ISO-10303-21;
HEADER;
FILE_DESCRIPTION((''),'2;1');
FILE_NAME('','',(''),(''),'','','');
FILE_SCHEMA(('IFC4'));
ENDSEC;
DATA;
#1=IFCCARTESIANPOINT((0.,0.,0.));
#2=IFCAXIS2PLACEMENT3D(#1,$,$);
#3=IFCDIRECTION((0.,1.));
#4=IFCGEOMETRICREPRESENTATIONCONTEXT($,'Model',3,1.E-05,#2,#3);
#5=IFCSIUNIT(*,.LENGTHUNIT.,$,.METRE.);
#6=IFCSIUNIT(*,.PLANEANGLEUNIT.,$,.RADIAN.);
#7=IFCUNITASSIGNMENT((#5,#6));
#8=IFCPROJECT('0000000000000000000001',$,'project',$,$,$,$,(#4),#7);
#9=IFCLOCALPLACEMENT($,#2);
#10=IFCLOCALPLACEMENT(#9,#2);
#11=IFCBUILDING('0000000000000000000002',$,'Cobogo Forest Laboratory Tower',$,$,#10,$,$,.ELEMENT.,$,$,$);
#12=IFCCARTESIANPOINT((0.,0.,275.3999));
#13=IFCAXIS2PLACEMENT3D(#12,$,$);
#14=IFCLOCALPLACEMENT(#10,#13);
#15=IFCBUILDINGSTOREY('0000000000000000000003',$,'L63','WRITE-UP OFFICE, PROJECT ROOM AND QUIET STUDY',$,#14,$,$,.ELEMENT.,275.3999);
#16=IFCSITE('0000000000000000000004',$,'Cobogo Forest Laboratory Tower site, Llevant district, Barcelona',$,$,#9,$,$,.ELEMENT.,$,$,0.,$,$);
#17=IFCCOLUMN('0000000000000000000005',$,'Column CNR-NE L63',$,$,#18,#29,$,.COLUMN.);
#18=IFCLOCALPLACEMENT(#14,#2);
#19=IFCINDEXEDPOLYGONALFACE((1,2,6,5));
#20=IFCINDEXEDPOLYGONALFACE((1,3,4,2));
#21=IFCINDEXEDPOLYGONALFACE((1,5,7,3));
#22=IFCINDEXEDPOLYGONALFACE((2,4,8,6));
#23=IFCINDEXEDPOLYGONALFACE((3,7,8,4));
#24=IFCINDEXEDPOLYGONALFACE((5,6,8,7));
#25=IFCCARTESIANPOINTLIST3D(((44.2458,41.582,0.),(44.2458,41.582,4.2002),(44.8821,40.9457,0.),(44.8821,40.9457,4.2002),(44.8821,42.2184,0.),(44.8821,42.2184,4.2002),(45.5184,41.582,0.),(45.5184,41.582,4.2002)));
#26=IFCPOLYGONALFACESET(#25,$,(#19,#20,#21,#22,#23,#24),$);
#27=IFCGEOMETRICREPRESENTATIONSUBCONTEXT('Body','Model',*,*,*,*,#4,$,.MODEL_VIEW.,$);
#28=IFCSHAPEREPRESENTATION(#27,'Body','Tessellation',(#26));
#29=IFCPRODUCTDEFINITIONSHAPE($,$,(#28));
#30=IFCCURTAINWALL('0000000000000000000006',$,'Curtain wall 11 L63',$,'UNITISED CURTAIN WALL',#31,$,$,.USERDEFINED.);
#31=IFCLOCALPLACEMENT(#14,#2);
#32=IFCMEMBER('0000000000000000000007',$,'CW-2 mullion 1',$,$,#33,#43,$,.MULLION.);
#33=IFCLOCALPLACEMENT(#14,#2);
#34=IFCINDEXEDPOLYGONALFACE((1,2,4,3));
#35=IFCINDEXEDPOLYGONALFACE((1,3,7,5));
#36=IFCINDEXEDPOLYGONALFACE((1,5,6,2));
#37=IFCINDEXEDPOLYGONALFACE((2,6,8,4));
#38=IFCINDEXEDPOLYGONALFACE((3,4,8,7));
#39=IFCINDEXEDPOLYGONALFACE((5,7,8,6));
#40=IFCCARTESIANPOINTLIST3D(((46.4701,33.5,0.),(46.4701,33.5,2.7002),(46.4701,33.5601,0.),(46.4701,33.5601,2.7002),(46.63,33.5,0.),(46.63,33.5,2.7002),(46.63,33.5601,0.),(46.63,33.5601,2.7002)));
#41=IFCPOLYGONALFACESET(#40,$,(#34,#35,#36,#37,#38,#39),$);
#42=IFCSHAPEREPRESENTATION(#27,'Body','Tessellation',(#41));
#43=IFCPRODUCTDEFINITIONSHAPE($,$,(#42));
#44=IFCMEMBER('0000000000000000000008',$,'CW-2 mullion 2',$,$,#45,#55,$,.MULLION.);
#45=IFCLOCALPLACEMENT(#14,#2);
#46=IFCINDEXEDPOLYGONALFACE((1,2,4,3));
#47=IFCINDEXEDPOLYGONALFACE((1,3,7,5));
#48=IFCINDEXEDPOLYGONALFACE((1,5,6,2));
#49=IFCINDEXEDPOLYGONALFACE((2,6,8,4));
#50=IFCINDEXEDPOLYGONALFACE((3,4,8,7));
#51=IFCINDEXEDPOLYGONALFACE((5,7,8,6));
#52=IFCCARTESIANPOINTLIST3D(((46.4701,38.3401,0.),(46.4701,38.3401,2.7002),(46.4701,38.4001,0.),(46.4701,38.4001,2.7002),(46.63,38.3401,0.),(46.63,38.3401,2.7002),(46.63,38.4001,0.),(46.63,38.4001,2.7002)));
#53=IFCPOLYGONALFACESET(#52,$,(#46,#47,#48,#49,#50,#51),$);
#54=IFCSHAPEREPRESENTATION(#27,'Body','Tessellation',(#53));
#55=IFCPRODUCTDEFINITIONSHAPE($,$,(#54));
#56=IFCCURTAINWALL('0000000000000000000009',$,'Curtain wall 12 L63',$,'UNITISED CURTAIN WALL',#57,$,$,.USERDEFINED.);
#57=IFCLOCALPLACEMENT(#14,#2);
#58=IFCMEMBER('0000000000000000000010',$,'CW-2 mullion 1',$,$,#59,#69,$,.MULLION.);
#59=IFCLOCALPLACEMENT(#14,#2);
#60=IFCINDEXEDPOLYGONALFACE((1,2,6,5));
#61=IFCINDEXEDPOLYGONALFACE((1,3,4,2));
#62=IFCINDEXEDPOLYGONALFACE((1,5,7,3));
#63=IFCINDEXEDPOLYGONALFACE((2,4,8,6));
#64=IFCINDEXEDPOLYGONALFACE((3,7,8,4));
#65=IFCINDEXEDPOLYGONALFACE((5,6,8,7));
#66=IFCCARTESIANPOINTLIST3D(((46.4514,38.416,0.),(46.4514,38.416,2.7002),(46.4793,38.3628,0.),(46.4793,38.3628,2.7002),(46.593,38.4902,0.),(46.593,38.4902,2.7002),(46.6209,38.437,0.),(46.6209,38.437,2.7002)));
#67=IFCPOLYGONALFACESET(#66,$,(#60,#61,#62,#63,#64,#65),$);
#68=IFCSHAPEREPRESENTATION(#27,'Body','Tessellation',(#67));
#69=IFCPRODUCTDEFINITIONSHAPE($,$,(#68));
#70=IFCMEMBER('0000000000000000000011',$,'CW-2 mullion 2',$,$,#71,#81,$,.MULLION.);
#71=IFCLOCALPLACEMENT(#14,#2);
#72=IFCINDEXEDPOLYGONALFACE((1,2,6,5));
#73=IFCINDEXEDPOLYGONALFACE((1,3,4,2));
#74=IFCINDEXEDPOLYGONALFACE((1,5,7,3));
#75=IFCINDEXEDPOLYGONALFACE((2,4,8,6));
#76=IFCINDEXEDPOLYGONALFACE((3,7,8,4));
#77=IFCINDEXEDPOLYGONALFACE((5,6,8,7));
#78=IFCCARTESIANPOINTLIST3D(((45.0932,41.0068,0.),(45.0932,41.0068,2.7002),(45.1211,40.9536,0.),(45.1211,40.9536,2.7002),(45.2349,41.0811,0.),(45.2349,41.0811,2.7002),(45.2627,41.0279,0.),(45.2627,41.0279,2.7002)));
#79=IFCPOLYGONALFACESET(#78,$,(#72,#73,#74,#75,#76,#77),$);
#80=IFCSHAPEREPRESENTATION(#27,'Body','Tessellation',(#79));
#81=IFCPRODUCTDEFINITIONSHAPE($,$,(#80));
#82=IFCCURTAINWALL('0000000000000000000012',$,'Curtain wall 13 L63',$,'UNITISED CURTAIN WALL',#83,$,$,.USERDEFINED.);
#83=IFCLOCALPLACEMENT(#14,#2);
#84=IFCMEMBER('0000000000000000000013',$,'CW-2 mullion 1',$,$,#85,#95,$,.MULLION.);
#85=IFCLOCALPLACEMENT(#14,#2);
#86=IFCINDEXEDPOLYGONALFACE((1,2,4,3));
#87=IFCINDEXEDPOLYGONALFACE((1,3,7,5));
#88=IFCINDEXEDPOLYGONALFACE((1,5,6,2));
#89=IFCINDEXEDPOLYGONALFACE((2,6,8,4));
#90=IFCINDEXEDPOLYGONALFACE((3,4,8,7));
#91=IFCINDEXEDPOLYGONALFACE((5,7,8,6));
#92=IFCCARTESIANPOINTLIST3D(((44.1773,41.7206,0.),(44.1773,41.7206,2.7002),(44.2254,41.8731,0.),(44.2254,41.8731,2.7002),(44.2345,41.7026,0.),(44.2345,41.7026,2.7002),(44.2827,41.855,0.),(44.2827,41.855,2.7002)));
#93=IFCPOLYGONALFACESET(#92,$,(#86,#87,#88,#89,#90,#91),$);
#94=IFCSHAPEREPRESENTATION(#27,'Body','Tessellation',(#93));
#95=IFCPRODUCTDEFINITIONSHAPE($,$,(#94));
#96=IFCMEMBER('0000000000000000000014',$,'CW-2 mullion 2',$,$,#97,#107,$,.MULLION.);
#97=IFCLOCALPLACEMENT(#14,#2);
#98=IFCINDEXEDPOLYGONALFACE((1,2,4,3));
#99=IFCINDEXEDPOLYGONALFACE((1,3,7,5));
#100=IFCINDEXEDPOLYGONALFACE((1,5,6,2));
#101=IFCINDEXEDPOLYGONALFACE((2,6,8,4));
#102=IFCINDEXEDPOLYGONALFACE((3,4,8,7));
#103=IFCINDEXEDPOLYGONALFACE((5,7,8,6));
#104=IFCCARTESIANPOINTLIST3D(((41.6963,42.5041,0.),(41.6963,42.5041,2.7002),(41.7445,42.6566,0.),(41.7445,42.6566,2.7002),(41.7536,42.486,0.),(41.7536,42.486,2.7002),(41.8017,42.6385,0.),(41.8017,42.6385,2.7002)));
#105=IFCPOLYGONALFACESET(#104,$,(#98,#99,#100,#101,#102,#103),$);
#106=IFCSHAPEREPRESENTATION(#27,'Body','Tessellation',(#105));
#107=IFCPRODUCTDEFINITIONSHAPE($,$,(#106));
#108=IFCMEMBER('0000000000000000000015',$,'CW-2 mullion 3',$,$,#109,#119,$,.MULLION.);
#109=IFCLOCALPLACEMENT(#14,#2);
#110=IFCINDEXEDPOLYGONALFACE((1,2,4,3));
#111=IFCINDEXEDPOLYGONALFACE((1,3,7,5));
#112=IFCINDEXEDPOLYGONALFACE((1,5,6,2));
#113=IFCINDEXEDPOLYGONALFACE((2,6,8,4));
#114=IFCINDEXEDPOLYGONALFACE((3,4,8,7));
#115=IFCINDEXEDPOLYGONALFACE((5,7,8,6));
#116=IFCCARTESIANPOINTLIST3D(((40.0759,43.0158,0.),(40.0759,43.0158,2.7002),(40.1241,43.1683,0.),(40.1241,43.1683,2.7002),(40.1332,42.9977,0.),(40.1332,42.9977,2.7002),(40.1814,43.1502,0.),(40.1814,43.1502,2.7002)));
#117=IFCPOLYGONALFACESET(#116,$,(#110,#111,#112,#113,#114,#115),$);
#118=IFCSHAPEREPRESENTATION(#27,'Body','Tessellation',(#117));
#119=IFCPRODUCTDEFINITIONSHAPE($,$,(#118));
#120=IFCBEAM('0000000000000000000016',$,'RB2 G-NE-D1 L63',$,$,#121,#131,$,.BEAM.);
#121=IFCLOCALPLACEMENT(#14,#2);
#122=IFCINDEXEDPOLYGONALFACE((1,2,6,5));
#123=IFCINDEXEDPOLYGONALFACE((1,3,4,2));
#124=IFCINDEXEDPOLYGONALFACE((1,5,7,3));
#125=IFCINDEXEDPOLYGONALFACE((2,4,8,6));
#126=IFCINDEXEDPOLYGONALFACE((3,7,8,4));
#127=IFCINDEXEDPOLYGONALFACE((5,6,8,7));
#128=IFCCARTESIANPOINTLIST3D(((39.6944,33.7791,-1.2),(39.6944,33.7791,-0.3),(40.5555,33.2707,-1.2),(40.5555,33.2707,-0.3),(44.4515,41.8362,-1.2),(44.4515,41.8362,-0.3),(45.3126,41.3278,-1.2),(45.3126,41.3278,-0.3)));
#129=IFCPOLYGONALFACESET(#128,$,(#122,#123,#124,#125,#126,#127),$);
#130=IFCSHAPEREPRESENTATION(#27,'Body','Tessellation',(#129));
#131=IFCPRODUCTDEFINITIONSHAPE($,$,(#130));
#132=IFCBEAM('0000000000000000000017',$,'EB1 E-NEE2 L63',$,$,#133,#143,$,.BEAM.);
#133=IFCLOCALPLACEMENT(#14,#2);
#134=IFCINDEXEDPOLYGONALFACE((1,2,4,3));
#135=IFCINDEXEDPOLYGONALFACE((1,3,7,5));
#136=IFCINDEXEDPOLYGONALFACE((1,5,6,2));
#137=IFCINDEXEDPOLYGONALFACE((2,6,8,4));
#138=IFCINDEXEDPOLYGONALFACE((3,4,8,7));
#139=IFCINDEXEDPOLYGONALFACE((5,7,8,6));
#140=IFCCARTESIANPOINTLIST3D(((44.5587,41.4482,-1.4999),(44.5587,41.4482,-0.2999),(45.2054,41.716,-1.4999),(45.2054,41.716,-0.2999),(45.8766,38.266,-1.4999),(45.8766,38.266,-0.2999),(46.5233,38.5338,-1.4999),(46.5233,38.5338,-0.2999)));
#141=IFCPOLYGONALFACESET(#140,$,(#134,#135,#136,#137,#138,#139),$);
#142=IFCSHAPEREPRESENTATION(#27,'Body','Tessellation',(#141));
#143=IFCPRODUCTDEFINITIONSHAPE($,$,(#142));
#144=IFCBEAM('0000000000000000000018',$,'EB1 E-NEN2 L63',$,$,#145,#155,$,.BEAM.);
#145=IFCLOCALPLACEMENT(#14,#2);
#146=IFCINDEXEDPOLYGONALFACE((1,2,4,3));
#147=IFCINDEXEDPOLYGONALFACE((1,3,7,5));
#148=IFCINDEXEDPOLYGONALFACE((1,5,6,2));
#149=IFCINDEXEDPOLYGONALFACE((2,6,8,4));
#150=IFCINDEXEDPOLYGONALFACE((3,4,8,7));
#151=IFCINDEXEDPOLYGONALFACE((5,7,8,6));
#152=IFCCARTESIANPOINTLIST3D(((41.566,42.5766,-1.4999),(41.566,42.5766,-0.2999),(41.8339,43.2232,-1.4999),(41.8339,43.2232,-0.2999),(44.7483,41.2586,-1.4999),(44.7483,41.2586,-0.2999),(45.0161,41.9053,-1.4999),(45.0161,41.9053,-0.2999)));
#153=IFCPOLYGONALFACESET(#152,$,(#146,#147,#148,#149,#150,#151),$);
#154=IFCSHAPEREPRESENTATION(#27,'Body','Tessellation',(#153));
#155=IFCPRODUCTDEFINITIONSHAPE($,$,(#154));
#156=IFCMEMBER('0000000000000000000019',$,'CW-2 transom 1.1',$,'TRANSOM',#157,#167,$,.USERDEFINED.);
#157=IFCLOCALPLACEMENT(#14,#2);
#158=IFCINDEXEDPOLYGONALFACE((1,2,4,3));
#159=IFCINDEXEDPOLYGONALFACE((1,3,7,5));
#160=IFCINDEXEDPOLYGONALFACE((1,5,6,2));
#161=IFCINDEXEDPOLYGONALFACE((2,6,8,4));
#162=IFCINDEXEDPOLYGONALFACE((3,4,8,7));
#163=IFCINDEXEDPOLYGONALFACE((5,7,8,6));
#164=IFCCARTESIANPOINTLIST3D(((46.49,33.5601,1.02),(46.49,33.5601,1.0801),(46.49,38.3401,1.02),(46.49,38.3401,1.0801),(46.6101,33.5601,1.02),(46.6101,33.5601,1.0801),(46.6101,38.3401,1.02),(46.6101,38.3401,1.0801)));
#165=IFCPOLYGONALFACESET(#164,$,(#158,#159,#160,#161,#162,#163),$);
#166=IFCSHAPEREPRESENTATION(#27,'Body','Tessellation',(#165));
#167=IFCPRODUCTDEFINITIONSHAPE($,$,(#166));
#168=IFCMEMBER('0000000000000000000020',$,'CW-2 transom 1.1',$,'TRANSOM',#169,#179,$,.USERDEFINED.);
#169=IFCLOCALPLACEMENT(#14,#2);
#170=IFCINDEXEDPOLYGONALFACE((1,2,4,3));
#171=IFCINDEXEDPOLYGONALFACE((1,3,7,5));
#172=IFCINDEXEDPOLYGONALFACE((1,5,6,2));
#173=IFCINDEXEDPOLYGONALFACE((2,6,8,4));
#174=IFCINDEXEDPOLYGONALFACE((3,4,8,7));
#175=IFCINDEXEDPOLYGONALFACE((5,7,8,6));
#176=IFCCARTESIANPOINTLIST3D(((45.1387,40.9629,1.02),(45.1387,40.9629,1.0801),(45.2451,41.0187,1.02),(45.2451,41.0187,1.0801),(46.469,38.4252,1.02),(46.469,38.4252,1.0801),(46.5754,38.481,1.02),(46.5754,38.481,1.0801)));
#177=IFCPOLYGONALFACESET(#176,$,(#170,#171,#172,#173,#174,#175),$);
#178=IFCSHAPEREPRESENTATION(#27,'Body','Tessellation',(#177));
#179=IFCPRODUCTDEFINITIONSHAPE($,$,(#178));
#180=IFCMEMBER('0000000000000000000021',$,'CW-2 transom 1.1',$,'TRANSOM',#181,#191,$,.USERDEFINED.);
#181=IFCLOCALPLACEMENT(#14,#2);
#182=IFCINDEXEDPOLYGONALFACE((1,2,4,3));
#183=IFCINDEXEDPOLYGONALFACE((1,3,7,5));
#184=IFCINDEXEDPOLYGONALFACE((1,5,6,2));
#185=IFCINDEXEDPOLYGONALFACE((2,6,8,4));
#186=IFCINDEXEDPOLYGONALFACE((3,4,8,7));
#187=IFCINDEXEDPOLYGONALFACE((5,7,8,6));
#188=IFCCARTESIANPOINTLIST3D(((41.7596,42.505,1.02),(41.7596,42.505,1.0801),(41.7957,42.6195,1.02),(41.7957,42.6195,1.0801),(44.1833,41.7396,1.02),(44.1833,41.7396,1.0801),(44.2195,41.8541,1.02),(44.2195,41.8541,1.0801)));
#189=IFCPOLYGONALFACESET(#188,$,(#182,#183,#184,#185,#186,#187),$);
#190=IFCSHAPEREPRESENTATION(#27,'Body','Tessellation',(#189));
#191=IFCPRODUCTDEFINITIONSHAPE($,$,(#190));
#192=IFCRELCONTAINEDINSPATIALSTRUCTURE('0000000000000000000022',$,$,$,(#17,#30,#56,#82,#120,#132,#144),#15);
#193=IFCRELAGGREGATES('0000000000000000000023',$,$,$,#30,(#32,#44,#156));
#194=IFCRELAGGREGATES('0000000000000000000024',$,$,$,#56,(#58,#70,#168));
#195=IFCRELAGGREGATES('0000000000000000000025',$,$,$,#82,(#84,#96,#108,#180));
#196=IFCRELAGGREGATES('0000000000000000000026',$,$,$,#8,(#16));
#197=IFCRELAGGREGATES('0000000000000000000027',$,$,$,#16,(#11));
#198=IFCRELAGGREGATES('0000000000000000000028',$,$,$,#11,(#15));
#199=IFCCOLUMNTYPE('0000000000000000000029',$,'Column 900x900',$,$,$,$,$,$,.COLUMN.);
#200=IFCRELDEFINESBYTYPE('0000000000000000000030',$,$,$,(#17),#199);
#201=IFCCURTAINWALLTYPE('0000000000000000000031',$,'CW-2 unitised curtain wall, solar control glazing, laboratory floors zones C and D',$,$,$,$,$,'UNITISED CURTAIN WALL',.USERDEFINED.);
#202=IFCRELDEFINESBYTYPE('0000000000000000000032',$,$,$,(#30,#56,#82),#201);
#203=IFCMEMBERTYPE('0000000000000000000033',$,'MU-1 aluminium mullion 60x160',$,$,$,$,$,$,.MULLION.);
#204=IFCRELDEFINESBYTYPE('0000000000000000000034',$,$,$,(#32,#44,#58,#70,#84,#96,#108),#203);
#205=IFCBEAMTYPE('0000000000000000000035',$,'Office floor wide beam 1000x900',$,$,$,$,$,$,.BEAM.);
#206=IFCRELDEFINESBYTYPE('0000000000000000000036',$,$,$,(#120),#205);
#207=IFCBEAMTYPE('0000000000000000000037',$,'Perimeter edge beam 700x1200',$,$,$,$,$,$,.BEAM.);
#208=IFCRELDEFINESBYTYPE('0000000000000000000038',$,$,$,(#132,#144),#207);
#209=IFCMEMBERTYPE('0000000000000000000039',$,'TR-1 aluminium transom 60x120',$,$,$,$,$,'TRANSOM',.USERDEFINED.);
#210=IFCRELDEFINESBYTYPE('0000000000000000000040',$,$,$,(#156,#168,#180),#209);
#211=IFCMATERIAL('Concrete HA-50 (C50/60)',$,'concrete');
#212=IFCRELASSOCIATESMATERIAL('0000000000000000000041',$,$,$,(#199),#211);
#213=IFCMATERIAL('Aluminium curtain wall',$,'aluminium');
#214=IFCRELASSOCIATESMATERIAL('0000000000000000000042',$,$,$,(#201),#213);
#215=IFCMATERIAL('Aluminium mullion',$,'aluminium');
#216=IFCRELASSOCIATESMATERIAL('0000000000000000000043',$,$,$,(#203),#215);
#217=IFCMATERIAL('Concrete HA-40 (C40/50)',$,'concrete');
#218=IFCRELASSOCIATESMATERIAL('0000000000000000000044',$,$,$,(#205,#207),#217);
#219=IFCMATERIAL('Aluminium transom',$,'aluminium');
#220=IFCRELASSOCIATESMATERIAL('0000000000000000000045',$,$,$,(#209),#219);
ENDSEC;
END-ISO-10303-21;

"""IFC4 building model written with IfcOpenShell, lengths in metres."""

from ifc_helpers import new_model, si_unit, direction, frame, origin, origin_2d, place, context, subcontext, project, spatial, rectangle, extrude, material, material_profile, profile_set, type_object, element, aggregate, save


model = new_model("IFC4")

# Units and contexts
model_context = context("Model", 3, precision=1e-05, world=origin(), true_north=direction((0.0, 1.0)))
body_context = subcontext(model_context, "Body", "Model", "MODEL_VIEW")
ifc_project = project(units=[si_unit("LENGTHUNIT", "METRE"), si_unit("PLANEANGLEUNIT", "RADIAN")], contexts=[model_context])

# Site, building, storey
site_placement = place(None, origin())
site = spatial("IfcSite", under=ifc_project, at=site_placement, Name="Cobogo Forest Laboratory Tower site, Llevant district, Barcelona", CompositionType="ELEMENT", RefElevation=0.0)
building_placement = place(site_placement, origin())
building = spatial("IfcBuilding", under=site, at=building_placement, Name="Cobogo Forest Laboratory Tower", CompositionType="ELEMENT")
storey_placement = place(building_placement, frame((0.0, 0.0, 275.3999)))
storey = spatial("IfcBuildingStorey", under=building, at=storey_placement, Name="L63", Description="WRITE-UP OFFICE, PROJECT ROOM AND QUIET STUDY", CompositionType="ELEMENT", Elevation=275.3999)

# Column
ifc_material_1 = material(Name="Concrete HA-50 (C50/60)", Category="concrete")
ifc_material_profile_1 = material_profile(ifc_material_1, rectangle(XDim=0.8999, YDim=0.8999, at=origin_2d()), Name="RC 900x900")
ifc_profile_set_1 = profile_set([ifc_material_profile_1], Name="Concrete HA-50 (C50/60)")
column_type = type_object("IfcColumnType", Name="Column 900x900", PredefinedType="COLUMN", material=ifc_profile_set_1)
column_placement = place(storey_placement, frame((44.8821, 41.582, 0.0), z_axis=(0.0, 0.0, 1.0), x_axis=(0.707107, 0.707107, 0.0)))
element("IfcColumn", 1, at=column_placement, inside=storey, type_object=column_type, Name="Column CNR-NE L63", PredefinedType="COLUMN", context=body_context, shape_type="SweptSolid", body=[
    extrude(rectangle(XDim=0.8999, YDim=0.8999, at=origin_2d()), origin(), (0.0, 0.0, 1.0), 4.2002),
])

# Curtain walls, members
ifc_material_2 = material(Name="Aluminium curtain wall", Category="aluminium")
curtain_wall_type = type_object("IfcCurtainWallType", Name="CW-2 unitised curtain wall, solar control glazing, laboratory floors zones C and D", ElementType="UNITISED CURTAIN WALL", PredefinedType="USERDEFINED", material=ifc_material_2)
curtain_wall_1_placement = place(storey_placement, origin())
curtain_wall_1 = element("IfcCurtainWall", 2, at=curtain_wall_1_placement, inside=storey, type_object=curtain_wall_type, Name="Curtain wall 11 L63", ObjectType="UNITISED CURTAIN WALL", PredefinedType="USERDEFINED")
ifc_material_3 = material(Name="Aluminium mullion", Category="aluminium")
ifc_material_profile_2 = material_profile(ifc_material_3, rectangle(XDim=0.0601, YDim=0.1599, at=origin_2d()), Name="AL 60x160")
ifc_profile_set_2 = profile_set([ifc_material_profile_2], Name="Aluminium mullion")
member_type_1 = type_object("IfcMemberType", Name="MU-1 aluminium mullion 60x160", PredefinedType="MULLION", material=ifc_profile_set_2)
member_1_placement = place(storey_placement, frame((46.55, 33.53, 0.0), z_axis=(0.0, 0.0, 1.0), x_axis=(0.0, 1.0, 0.0)))
member_1 = element("IfcMember", 3, at=member_1_placement, type_object=member_type_1, Name="CW-2 mullion 1", PredefinedType="MULLION", context=body_context, shape_type="SweptSolid", body=[
    extrude(rectangle(XDim=0.0601, YDim=0.1599, at=origin_2d()), origin(), (0.0, 0.0, 1.0), 2.7002),
])
member_2_placement = place(storey_placement, frame((46.55, 38.3701, 0.0), z_axis=(0.0, 0.0, 1.0), x_axis=(0.0, 1.0, 0.0)))
member_2 = element("IfcMember", 4, at=member_2_placement, type_object=member_type_1, Name="CW-2 mullion 2", PredefinedType="MULLION", context=body_context, shape_type="SweptSolid", body=[
    extrude(rectangle(XDim=0.0601, YDim=0.1599, at=origin_2d()), origin(), (0.0, 0.0, 1.0), 2.7002),
])
curtain_wall_2_placement = place(storey_placement, origin())
curtain_wall_2 = element("IfcCurtainWall", 5, at=curtain_wall_2_placement, inside=storey, type_object=curtain_wall_type, Name="Curtain wall 12 L63", ObjectType="UNITISED CURTAIN WALL", PredefinedType="USERDEFINED")
member_3_placement = place(storey_placement, frame((46.5361, 38.4265, 0.0), z_axis=(0.0, 0.0, 1.0), x_axis=(-0.464284, 0.885686, 0.0)))
member_3 = element("IfcMember", 6, at=member_3_placement, type_object=member_type_1, Name="CW-2 mullion 1", PredefinedType="MULLION", context=body_context, shape_type="SweptSolid", body=[
    extrude(rectangle(XDim=0.0601, YDim=0.1599, at=origin_2d()), origin(), (0.0, 0.0, 1.0), 2.7002),
])
member_4_placement = place(storey_placement, frame((45.178, 41.0173, 0.0), z_axis=(0.0, 0.0, 1.0), x_axis=(-0.464284, 0.885686, 0.0)))
member_4 = element("IfcMember", 7, at=member_4_placement, type_object=member_type_1, Name="CW-2 mullion 2", PredefinedType="MULLION", context=body_context, shape_type="SweptSolid", body=[
    extrude(rectangle(XDim=0.0601, YDim=0.1599, at=origin_2d()), origin(), (0.0, 0.0, 1.0), 2.7002),
])
curtain_wall_3_placement = place(storey_placement, origin())
curtain_wall_3 = element("IfcCurtainWall", 8, at=curtain_wall_3_placement, inside=storey, type_object=curtain_wall_type, Name="Curtain wall 13 L63", ObjectType="UNITISED CURTAIN WALL", PredefinedType="USERDEFINED")
member_5_placement = place(storey_placement, frame((44.23, 41.7878, 0.0), z_axis=(0.0, 0.0, 1.0), x_axis=(-0.953581, 0.301135, 0.0)))
member_5 = element("IfcMember", 9, at=member_5_placement, type_object=member_type_1, Name="CW-2 mullion 1", PredefinedType="MULLION", context=body_context, shape_type="SweptSolid", body=[
    extrude(rectangle(XDim=0.0601, YDim=0.1599, at=origin_2d()), origin(), (0.0, 0.0, 1.0), 2.7002),
])
member_6_placement = place(storey_placement, frame((41.749, 42.5713, 0.0), z_axis=(0.0, 0.0, 1.0), x_axis=(-0.953581, 0.301135, 0.0)))
member_6 = element("IfcMember", 10, at=member_6_placement, type_object=member_type_1, Name="CW-2 mullion 2", PredefinedType="MULLION", context=body_context, shape_type="SweptSolid", body=[
    extrude(rectangle(XDim=0.0601, YDim=0.1599, at=origin_2d()), origin(), (0.0, 0.0, 1.0), 2.7002),
])
member_7_placement = place(storey_placement, frame((40.1287, 43.083, 0.0), z_axis=(0.0, 0.0, 1.0), x_axis=(-0.953581, 0.301135, 0.0)))
member_7 = element("IfcMember", 11, at=member_7_placement, type_object=member_type_1, Name="CW-2 mullion 3", PredefinedType="MULLION", context=body_context, shape_type="SweptSolid", body=[
    extrude(rectangle(XDim=0.0601, YDim=0.1599, at=origin_2d()), origin(), (0.0, 0.0, 1.0), 2.7002),
])

# Beams
ifc_material_4 = material(Name="Concrete HA-40 (C40/50)", Category="concrete")
ifc_material_profile_3 = material_profile(ifc_material_4, rectangle(XDim=1.0, YDim=0.8999, at=origin_2d()), Name="RC 1000x900")
ifc_profile_set_3 = profile_set([ifc_material_profile_3], Name="Concrete HA-40 (C40/50)")
beam_type_1 = type_object("IfcBeamType", Name="Office floor wide beam 1000x900", PredefinedType="BEAM", material=ifc_profile_set_3)
beam_placement = place(storey_placement, frame((44.8821, 41.582, -0.75), z_axis=(-0.508416, -0.861111, 0.0), x_axis=(0.861111, -0.508416, 0.0)))
element("IfcBeam", 12, at=beam_placement, inside=storey, type_object=beam_type_1, Name="RB2 G-NE-D1 L63", PredefinedType="BEAM", context=body_context, shape_type="SweptSolid", body=[
    extrude(rectangle(XDim=1.0, YDim=0.8999, at=origin_2d()), origin(), (0.0, 0.0, 1.0), 9.3567),
])
ifc_material_profile_4 = material_profile(ifc_material_4, rectangle(XDim=0.7, YDim=1.2, at=origin_2d()), Name="RC 700x1200")
ifc_profile_set_4 = profile_set([ifc_material_profile_4], Name="Concrete HA-40 (C40/50)")
beam_type_2 = type_object("IfcBeamType", Name="Perimeter edge beam 700x1200", PredefinedType="BEAM", material=ifc_profile_set_4)
for number, where, z_axis, x_axis, name in (
    (13, (46.2, 38.3999, -0.8999), (-0.382631, 0.923901, 0.0), (-0.923901, -0.382631, 0.0), "EB1 E-NEE2 L63"),
    (14, (41.7, 42.8999, -0.8999), (0.923901, -0.382631, 0.0), (0.382631, 0.923901, 0.0), "EB1 E-NEN2 L63"),
):
    element("IfcBeam", number, at=place(storey_placement, frame(where, z_axis=z_axis, x_axis=x_axis)), inside=storey, type_object=beam_type_2, Name=name, PredefinedType="BEAM", context=body_context, shape_type="SweptSolid", body=[
        extrude(rectangle(XDim=0.7, YDim=1.2, at=origin_2d()), origin(), (0.0, 0.0, 1.0), 3.4443),
    ])

# Members
ifc_material_5 = material(Name="Aluminium transom", Category="aluminium")
ifc_material_profile_5 = material_profile(ifc_material_5, rectangle(XDim=0.1201, YDim=0.0601, at=origin_2d()), Name="AL 60x120")
ifc_profile_set_5 = profile_set([ifc_material_profile_5], Name="Aluminium transom")
member_type_2 = type_object("IfcMemberType", Name="TR-1 aluminium transom 60x120", ElementType="TRANSOM", PredefinedType="USERDEFINED", material=ifc_profile_set_5)
member_8_placement = place(storey_placement, frame((46.55, 33.5601, 1.05), z_axis=(0.0, 1.0, 0.0), x_axis=(-1.0, 0.0, 0.0)))
member_8 = element("IfcMember", 15, at=member_8_placement, type_object=member_type_2, Name="CW-2 transom 1.1", ObjectType="TRANSOM", PredefinedType="USERDEFINED", context=body_context, shape_type="SweptSolid", body=[
    extrude(rectangle(XDim=0.1201, YDim=0.0601, at=origin_2d()), origin(), (0.0, 0.0, 1.0), 4.78),
])
member_9_placement = place(storey_placement, frame((46.5222, 38.4531, 1.05), z_axis=(-0.464309, 0.885673, 0.0), x_axis=(-0.885673, -0.464309, 0.0)))
member_9 = element("IfcMember", 16, at=member_9_placement, type_object=member_type_2, Name="CW-2 transom 1.1", ObjectType="TRANSOM", PredefinedType="USERDEFINED", context=body_context, shape_type="SweptSolid", body=[
    extrude(rectangle(XDim=0.1201, YDim=0.0601, at=origin_2d()), origin(), (0.0, 0.0, 1.0), 2.8652),
])
member_10_placement = place(storey_placement, frame((44.2014, 41.7969, 1.05), z_axis=(-0.953587, 0.301118, 0.0), x_axis=(-0.301118, -0.953587, 0.0)))
member_10 = element("IfcMember", 17, at=member_10_placement, type_object=member_type_2, Name="CW-2 transom 1.1", ObjectType="TRANSOM", PredefinedType="USERDEFINED", context=body_context, shape_type="SweptSolid", body=[
    extrude(rectangle(XDim=0.1201, YDim=0.0601, at=origin_2d()), origin(), (0.0, 0.0, 1.0), 2.5417),
])

aggregate(curtain_wall_1, [member_1, member_2, member_8])
aggregate(curtain_wall_2, [member_3, member_4, member_9])
aggregate(curtain_wall_3, [member_5, member_6, member_7, member_10])

save(model, "model.ifc")
